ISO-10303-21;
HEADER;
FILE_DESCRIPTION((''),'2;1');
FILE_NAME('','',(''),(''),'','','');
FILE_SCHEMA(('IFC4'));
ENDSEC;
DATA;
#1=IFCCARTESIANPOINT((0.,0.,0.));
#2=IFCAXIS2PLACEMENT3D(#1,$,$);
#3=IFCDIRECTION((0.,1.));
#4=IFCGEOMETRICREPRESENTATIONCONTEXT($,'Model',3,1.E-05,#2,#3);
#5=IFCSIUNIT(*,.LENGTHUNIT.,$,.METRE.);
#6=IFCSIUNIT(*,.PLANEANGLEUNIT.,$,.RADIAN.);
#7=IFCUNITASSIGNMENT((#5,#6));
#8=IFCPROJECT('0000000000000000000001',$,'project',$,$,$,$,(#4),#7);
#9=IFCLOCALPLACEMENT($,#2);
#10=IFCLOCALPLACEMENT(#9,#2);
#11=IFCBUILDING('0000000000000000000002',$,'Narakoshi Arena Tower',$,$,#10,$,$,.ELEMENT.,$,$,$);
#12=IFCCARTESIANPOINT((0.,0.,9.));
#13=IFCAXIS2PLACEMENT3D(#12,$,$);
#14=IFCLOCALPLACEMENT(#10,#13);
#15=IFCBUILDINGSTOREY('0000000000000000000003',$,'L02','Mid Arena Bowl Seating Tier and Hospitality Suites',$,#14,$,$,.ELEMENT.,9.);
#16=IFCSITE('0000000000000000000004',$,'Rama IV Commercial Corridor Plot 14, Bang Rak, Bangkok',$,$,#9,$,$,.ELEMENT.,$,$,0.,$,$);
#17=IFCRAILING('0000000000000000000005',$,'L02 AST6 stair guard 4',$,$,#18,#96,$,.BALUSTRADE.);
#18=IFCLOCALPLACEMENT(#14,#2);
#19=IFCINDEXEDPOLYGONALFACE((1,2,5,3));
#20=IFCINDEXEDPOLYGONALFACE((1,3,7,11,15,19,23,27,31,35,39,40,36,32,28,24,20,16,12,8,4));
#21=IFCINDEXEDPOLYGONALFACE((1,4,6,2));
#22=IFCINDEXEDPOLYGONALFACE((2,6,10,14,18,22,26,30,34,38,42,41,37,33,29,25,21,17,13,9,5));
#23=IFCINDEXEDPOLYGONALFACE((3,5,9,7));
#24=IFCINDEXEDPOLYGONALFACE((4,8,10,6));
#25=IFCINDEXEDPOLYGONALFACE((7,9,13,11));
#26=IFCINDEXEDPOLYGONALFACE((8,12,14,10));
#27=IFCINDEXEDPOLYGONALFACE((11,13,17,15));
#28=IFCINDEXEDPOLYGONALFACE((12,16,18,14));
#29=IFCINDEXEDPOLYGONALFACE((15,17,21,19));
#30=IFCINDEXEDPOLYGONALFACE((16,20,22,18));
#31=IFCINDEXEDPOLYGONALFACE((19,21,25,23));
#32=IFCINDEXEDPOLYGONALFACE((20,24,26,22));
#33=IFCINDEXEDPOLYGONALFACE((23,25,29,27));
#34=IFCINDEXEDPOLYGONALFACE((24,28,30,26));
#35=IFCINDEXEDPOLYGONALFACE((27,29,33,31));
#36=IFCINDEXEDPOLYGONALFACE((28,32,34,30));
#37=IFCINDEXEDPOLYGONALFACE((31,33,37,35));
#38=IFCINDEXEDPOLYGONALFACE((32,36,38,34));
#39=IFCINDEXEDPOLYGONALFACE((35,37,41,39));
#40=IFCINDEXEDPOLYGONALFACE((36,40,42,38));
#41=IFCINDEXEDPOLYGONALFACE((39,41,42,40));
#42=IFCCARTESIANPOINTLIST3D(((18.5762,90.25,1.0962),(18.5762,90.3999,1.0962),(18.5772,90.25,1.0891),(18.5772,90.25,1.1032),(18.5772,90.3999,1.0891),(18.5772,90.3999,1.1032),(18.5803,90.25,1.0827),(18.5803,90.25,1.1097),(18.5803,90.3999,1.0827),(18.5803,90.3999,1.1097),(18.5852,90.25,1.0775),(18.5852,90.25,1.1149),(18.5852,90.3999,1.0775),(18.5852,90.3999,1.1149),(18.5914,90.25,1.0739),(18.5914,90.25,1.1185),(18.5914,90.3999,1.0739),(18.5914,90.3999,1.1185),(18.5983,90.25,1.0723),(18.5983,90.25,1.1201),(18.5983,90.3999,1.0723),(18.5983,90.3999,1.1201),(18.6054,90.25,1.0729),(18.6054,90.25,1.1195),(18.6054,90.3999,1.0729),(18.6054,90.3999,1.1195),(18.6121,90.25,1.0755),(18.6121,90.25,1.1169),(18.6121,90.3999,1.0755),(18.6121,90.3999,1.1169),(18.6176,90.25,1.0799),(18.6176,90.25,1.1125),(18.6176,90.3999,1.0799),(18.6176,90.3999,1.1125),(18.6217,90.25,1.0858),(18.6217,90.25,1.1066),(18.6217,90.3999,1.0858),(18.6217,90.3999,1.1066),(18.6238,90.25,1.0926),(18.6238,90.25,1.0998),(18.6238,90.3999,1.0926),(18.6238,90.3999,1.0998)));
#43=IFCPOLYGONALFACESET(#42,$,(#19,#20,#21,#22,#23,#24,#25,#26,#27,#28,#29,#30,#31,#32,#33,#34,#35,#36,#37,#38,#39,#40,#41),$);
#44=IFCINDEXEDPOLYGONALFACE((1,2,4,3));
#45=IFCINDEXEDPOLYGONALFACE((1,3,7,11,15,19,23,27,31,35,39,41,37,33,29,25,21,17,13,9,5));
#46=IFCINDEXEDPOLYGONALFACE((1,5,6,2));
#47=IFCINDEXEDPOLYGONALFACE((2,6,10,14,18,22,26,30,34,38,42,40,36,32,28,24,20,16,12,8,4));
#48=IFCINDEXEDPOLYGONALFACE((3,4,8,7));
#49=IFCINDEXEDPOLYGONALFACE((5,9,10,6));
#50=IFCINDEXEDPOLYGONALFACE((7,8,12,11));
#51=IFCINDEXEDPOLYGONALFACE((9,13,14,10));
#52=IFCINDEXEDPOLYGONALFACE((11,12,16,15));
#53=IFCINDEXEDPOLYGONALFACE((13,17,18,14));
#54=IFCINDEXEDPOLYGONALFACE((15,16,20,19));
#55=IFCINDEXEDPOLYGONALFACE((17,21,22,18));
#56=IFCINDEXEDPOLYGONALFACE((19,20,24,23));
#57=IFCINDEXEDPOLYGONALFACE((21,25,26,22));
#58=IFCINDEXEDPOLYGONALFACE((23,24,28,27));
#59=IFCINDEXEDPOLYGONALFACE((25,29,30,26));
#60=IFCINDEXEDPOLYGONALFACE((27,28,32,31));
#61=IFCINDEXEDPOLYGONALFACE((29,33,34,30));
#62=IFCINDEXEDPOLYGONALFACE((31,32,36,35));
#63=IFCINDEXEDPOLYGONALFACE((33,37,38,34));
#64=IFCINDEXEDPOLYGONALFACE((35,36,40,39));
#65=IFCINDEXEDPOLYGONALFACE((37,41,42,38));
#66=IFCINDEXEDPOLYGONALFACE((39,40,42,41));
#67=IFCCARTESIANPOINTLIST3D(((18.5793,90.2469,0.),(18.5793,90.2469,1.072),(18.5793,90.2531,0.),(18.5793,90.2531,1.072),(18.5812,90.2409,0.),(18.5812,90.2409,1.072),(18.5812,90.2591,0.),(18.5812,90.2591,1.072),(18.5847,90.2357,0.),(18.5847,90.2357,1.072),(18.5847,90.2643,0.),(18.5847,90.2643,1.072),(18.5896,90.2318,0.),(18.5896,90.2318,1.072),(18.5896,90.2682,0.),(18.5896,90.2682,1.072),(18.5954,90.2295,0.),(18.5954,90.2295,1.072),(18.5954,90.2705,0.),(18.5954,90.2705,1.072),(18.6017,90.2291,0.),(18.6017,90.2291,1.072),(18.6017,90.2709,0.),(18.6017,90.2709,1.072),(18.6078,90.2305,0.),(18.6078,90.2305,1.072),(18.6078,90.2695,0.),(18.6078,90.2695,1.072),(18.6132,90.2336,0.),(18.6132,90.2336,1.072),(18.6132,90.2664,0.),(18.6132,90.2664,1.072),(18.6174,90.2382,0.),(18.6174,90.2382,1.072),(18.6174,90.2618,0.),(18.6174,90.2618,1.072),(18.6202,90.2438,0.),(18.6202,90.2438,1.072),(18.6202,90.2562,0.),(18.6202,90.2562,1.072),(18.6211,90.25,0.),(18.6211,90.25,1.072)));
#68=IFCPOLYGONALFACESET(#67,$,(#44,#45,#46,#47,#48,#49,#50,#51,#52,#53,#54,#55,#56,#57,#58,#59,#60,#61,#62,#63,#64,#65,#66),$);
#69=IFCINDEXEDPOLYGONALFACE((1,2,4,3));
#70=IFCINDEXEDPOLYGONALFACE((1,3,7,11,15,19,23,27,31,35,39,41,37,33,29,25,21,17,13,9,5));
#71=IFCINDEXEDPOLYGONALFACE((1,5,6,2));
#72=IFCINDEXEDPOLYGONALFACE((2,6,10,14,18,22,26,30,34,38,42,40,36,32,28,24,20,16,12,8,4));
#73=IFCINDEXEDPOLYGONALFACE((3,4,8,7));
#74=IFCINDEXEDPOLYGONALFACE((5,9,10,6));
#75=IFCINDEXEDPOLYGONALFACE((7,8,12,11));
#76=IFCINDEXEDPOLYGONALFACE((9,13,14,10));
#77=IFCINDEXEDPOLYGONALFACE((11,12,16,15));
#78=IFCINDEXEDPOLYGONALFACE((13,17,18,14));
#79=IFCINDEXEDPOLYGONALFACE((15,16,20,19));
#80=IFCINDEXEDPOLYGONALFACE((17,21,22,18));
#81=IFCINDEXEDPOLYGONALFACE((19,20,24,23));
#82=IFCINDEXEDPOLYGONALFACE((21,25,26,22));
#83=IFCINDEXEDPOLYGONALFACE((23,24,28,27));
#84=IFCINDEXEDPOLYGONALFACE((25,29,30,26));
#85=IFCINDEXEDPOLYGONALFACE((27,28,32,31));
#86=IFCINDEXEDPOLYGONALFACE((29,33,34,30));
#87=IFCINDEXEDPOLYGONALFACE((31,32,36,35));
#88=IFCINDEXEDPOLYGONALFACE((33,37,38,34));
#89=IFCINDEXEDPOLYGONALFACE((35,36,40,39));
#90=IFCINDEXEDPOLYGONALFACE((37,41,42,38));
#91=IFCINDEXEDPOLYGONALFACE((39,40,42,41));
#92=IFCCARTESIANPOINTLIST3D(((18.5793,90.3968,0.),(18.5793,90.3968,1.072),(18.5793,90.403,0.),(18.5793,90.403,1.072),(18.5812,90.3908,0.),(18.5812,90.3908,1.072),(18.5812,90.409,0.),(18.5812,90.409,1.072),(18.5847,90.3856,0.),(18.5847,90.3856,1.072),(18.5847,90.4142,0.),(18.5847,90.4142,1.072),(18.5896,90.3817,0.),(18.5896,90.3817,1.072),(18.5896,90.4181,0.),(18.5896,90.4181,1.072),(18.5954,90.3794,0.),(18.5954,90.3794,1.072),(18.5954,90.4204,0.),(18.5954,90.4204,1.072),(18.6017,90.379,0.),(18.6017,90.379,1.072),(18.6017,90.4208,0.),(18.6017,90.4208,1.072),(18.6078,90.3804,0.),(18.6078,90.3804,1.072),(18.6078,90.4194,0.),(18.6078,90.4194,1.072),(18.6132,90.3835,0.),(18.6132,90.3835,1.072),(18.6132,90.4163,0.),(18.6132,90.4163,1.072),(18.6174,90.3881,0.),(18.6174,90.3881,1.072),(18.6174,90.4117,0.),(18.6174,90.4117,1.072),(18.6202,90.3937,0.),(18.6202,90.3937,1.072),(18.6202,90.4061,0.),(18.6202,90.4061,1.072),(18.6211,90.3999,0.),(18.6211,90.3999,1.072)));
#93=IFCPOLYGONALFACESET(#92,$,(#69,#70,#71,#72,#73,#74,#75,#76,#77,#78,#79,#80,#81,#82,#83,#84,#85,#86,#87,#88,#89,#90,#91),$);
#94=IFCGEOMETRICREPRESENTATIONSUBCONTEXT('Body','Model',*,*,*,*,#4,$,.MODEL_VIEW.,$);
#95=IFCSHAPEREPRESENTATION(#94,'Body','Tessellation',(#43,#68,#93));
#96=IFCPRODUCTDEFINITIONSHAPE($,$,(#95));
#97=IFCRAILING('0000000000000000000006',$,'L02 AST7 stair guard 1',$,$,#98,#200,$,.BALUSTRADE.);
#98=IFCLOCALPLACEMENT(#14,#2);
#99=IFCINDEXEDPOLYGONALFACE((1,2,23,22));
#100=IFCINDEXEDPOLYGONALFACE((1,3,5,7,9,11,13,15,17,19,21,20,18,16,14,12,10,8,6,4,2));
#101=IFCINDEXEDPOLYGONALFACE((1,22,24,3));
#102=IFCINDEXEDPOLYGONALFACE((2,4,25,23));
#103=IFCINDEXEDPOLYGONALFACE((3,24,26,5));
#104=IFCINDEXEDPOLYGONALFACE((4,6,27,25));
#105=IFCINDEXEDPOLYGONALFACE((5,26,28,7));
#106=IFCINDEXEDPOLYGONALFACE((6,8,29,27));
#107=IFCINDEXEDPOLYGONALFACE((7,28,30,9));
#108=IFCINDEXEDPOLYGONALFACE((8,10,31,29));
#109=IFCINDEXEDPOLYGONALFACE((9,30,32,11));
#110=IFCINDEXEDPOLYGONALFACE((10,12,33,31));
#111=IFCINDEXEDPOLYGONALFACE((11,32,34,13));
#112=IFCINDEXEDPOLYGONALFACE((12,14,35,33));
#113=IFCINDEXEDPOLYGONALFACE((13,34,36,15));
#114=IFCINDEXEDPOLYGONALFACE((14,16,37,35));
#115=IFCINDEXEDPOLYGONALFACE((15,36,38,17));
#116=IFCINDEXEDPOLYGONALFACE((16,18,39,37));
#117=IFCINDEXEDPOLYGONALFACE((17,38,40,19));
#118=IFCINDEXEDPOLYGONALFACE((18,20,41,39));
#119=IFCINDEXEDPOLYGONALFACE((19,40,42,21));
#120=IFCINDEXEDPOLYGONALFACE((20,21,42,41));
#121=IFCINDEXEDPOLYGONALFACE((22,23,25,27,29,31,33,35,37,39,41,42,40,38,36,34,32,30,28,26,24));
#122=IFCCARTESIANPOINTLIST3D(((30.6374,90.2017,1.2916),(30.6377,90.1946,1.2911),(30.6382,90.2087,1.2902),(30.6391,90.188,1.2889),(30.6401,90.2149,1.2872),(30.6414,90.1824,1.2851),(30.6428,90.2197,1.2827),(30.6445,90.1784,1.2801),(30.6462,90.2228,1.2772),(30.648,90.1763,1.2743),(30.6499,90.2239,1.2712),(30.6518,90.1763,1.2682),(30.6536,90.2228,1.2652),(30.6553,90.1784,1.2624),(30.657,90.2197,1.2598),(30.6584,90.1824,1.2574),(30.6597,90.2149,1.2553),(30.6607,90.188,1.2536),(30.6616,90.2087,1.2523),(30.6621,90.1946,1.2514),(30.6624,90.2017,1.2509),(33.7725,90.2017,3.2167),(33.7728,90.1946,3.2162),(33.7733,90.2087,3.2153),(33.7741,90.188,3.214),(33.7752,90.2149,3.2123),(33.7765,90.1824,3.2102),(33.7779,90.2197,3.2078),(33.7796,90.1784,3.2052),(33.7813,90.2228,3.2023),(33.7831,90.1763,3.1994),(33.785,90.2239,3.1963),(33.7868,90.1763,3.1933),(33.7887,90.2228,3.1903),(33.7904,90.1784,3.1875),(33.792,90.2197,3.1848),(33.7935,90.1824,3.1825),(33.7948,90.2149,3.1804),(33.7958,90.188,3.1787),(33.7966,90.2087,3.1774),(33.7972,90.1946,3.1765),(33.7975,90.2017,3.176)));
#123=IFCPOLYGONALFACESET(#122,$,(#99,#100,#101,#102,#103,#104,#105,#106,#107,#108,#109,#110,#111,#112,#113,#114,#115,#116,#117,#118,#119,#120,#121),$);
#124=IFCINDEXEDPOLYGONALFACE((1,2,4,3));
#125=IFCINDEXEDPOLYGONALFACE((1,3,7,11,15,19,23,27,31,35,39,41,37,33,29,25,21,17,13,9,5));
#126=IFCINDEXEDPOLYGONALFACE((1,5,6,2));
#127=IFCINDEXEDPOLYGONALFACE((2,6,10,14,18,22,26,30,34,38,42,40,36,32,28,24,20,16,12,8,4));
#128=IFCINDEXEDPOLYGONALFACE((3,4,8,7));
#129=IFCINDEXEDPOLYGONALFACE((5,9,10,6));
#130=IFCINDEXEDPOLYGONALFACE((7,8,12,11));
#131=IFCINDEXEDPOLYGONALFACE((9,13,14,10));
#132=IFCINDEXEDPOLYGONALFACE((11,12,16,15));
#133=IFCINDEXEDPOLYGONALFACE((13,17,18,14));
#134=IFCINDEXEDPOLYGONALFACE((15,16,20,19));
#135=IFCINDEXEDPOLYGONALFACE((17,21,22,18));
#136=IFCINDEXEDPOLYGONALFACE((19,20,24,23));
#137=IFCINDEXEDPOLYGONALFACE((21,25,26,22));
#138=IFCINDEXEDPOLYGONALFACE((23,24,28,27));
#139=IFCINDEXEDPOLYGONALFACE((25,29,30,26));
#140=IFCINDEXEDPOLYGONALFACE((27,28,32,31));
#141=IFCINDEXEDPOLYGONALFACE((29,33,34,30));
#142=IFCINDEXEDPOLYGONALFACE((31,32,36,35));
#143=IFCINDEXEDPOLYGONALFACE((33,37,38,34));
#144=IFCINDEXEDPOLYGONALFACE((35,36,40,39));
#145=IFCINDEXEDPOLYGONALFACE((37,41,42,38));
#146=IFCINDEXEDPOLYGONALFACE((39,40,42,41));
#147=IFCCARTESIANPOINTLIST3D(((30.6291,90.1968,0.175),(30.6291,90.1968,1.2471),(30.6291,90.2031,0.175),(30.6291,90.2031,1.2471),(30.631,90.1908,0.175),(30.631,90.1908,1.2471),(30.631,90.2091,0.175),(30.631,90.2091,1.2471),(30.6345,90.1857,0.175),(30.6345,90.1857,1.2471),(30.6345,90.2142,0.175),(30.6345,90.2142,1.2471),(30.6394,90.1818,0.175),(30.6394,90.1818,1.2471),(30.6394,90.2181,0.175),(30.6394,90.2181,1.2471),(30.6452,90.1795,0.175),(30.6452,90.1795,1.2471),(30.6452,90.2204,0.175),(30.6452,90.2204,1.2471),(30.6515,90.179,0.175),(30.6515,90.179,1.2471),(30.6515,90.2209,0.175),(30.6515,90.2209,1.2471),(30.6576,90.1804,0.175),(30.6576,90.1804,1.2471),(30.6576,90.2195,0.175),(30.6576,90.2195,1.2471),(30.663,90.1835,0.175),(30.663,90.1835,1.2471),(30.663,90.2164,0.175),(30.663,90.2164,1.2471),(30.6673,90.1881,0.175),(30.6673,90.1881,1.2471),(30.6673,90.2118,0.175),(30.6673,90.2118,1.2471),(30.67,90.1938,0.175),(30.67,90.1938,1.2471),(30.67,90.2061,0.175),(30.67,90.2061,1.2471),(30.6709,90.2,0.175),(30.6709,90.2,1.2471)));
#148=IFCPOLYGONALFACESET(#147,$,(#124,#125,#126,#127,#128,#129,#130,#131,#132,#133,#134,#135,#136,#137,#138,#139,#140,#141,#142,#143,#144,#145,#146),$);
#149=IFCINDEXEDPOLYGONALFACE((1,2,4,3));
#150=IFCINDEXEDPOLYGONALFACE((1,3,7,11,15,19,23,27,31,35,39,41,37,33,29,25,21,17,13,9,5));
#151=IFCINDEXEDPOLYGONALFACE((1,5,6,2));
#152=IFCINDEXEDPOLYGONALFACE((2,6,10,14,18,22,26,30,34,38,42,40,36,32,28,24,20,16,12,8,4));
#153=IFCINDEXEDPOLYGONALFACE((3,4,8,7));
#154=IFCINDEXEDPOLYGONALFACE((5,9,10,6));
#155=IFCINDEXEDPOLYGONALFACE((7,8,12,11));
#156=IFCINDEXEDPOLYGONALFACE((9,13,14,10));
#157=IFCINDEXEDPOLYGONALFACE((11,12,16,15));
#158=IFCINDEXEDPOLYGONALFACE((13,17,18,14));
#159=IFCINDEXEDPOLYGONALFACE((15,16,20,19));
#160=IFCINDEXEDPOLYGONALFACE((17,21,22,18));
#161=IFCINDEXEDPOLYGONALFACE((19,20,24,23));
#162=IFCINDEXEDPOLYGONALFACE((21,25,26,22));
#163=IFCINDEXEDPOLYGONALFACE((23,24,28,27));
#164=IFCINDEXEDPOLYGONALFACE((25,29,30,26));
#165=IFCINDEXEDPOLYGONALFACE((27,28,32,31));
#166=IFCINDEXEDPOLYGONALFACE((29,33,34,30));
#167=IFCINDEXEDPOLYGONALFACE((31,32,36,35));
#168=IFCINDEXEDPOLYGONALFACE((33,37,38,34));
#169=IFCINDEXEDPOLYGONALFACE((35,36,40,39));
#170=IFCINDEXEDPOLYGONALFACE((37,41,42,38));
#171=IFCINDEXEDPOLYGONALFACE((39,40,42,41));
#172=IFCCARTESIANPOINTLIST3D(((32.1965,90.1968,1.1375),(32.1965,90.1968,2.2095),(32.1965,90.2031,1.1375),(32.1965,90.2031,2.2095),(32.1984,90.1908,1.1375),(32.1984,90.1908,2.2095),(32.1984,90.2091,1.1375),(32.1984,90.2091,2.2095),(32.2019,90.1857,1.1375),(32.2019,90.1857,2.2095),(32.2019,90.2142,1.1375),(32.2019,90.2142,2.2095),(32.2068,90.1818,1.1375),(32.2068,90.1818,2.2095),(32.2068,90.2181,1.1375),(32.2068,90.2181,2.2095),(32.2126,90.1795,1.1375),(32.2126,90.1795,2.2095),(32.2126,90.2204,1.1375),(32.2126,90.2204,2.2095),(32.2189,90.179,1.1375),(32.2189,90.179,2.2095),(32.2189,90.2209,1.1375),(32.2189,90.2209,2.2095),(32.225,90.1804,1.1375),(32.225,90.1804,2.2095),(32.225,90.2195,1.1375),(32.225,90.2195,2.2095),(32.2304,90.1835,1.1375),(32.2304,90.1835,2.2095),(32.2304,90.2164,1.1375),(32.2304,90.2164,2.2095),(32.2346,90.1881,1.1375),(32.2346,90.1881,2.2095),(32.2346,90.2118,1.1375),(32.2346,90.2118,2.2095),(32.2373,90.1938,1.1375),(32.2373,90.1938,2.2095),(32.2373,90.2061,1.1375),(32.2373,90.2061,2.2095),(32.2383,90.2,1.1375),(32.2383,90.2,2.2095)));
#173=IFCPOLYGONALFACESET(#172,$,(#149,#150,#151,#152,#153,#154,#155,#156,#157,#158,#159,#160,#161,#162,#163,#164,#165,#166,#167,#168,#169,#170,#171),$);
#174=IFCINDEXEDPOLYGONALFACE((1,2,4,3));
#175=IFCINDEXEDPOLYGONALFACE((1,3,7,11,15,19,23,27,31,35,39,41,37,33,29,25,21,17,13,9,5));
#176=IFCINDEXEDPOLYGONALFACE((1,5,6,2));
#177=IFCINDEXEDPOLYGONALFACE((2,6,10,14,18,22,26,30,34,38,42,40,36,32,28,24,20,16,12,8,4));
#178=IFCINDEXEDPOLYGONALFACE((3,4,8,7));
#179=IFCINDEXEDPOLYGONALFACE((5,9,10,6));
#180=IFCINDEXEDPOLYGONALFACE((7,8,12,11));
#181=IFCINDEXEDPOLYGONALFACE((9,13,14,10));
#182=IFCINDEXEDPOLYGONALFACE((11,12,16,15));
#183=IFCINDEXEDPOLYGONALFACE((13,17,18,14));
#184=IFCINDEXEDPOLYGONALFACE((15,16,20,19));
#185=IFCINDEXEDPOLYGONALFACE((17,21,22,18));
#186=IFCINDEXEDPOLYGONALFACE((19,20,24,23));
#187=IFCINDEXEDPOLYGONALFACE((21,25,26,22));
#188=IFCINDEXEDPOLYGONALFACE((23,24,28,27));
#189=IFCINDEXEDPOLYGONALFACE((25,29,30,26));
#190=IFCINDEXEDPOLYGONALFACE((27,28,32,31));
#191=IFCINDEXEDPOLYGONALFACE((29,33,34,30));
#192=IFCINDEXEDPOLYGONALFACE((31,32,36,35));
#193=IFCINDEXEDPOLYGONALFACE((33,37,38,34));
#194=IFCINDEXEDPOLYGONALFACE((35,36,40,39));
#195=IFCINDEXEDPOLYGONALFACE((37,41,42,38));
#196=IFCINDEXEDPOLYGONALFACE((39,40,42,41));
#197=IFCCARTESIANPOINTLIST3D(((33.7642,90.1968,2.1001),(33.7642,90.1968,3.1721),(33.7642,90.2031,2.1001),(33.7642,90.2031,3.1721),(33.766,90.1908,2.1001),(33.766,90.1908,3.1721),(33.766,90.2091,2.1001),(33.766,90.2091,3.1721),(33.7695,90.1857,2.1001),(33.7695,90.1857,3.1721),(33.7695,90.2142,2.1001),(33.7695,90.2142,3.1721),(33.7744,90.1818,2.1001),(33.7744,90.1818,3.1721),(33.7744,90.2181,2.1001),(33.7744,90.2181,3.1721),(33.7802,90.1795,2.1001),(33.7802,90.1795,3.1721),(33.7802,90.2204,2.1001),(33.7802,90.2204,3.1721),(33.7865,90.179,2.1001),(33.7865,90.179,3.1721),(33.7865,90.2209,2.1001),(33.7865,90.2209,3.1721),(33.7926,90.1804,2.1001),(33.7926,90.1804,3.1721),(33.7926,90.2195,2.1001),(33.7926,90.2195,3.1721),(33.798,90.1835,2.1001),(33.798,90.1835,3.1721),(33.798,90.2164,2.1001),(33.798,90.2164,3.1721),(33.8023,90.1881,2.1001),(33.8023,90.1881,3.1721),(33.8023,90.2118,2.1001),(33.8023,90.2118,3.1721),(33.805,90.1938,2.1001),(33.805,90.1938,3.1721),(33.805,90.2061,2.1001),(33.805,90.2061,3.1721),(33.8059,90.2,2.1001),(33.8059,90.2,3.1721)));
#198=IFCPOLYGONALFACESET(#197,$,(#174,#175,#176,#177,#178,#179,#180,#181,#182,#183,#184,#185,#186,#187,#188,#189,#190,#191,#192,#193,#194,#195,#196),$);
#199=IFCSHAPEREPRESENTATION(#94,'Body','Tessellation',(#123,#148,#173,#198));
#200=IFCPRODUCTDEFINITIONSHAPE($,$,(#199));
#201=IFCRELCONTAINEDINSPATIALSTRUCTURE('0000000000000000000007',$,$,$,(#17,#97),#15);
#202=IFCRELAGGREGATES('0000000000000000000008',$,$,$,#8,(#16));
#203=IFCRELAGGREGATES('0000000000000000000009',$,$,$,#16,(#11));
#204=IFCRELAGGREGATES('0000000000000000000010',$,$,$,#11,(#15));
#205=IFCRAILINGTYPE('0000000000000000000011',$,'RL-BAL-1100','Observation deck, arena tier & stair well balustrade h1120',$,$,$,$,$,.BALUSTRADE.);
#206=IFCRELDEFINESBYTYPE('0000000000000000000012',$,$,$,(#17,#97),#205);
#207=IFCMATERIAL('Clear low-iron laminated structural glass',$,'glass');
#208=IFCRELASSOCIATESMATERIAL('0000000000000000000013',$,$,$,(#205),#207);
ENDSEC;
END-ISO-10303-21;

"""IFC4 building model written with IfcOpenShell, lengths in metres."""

from ifc_helpers import new_model, si_unit, direction, frame, origin, origin_2d, place, context, subcontext, project, spatial, circle, extrude, material, type_object, element, save


model = new_model("IFC4")

# Units and contexts
model_context = context("Model", 3, precision=1e-05, world=origin(), true_north=direction((0.0, 1.0)))
body_context = subcontext(model_context, "Body", "Model", "MODEL_VIEW")
ifc_project = project(units=[si_unit("LENGTHUNIT", "METRE"), si_unit("PLANEANGLEUNIT", "RADIAN")], contexts=[model_context])

# Site, building, storey
site_placement = place(None, origin())
site = spatial("IfcSite", under=ifc_project, at=site_placement, Name="Rama IV Commercial Corridor Plot 14, Bang Rak, Bangkok", CompositionType="ELEMENT", RefElevation=0.0)
building_placement = place(site_placement, origin())
building = spatial("IfcBuilding", under=site, at=building_placement, Name="Narakoshi Arena Tower", CompositionType="ELEMENT")
storey_placement = place(building_placement, frame((0.0, 0.0, 9.0)))
storey = spatial("IfcBuildingStorey", under=building, at=storey_placement, Name="L02", Description="Mid Arena Bowl Seating Tier and Hospitality Suites", CompositionType="ELEMENT", Elevation=9.0)

# Railings
ifc_material_1 = material(Name="Clear low-iron laminated structural glass", Category="glass")
railing_type_1 = type_object("IfcRailingType", Name="RL-BAL-1100", Description="Observation deck, arena tier & stair well balustrade h1120", PredefinedType="BALUSTRADE", material=ifc_material_1)
railing_1_placement = place(storey_placement, frame((18.6001, 90.25, 0.0)))
element("IfcRailing", 1, at=railing_1_placement, inside=storey, type_object=railing_type_1, Name="L02 AST6 stair guard 4", PredefinedType="BALUSTRADE", context=body_context, shape_type="SweptSolid", body=[
    extrude(circle(Radius=0.0239, at=origin_2d()), frame((0.0, 0.0, 1.0962), z_axis=(0.0, 1.0, 0.0), x_axis=(-1.0, 0.0, 0.0)), (0.0, 0.0, 1.0), 0.1499),
    extrude(circle(Radius=0.021, at=origin_2d()), origin(), (0.0, 0.0, 1.0), 1.072),
    extrude(circle(Radius=0.021, at=origin_2d()), frame((0.0, 0.1499, 0.0)), (0.0, 0.0, 1.0), 1.072),
])
railing_2_placement = place(storey_placement, frame((30.6499, 90.2, 0.175)))
element("IfcRailing", 2, at=railing_2_placement, inside=storey, type_object=railing_type_1, Name="L02 AST7 stair guard 1", PredefinedType="BALUSTRADE", context=body_context, shape_type="SweptSolid", body=[
    extrude(circle(Radius=0.0239, at=origin_2d()), frame((0.0, 0.0, 1.0962), z_axis=(0.852166, 0.0, 0.523271), x_axis=(0.0, 1.0, 0.0)), (0.0, 0.0, 1.0), 3.679),
    extrude(circle(Radius=0.021, at=origin_2d()), origin(), (0.0, 0.0, 1.0), 1.072),
    extrude(circle(Radius=0.021, at=origin_2d()), frame((1.5674, 0.0, 0.9624)), (0.0, 0.0, 1.0), 1.072),
    extrude(circle(Radius=0.021, at=origin_2d()), frame((3.135, 0.0, 1.925)), (0.0, 0.0, 1.0), 1.072),
])

save(model, "model.ifc")
